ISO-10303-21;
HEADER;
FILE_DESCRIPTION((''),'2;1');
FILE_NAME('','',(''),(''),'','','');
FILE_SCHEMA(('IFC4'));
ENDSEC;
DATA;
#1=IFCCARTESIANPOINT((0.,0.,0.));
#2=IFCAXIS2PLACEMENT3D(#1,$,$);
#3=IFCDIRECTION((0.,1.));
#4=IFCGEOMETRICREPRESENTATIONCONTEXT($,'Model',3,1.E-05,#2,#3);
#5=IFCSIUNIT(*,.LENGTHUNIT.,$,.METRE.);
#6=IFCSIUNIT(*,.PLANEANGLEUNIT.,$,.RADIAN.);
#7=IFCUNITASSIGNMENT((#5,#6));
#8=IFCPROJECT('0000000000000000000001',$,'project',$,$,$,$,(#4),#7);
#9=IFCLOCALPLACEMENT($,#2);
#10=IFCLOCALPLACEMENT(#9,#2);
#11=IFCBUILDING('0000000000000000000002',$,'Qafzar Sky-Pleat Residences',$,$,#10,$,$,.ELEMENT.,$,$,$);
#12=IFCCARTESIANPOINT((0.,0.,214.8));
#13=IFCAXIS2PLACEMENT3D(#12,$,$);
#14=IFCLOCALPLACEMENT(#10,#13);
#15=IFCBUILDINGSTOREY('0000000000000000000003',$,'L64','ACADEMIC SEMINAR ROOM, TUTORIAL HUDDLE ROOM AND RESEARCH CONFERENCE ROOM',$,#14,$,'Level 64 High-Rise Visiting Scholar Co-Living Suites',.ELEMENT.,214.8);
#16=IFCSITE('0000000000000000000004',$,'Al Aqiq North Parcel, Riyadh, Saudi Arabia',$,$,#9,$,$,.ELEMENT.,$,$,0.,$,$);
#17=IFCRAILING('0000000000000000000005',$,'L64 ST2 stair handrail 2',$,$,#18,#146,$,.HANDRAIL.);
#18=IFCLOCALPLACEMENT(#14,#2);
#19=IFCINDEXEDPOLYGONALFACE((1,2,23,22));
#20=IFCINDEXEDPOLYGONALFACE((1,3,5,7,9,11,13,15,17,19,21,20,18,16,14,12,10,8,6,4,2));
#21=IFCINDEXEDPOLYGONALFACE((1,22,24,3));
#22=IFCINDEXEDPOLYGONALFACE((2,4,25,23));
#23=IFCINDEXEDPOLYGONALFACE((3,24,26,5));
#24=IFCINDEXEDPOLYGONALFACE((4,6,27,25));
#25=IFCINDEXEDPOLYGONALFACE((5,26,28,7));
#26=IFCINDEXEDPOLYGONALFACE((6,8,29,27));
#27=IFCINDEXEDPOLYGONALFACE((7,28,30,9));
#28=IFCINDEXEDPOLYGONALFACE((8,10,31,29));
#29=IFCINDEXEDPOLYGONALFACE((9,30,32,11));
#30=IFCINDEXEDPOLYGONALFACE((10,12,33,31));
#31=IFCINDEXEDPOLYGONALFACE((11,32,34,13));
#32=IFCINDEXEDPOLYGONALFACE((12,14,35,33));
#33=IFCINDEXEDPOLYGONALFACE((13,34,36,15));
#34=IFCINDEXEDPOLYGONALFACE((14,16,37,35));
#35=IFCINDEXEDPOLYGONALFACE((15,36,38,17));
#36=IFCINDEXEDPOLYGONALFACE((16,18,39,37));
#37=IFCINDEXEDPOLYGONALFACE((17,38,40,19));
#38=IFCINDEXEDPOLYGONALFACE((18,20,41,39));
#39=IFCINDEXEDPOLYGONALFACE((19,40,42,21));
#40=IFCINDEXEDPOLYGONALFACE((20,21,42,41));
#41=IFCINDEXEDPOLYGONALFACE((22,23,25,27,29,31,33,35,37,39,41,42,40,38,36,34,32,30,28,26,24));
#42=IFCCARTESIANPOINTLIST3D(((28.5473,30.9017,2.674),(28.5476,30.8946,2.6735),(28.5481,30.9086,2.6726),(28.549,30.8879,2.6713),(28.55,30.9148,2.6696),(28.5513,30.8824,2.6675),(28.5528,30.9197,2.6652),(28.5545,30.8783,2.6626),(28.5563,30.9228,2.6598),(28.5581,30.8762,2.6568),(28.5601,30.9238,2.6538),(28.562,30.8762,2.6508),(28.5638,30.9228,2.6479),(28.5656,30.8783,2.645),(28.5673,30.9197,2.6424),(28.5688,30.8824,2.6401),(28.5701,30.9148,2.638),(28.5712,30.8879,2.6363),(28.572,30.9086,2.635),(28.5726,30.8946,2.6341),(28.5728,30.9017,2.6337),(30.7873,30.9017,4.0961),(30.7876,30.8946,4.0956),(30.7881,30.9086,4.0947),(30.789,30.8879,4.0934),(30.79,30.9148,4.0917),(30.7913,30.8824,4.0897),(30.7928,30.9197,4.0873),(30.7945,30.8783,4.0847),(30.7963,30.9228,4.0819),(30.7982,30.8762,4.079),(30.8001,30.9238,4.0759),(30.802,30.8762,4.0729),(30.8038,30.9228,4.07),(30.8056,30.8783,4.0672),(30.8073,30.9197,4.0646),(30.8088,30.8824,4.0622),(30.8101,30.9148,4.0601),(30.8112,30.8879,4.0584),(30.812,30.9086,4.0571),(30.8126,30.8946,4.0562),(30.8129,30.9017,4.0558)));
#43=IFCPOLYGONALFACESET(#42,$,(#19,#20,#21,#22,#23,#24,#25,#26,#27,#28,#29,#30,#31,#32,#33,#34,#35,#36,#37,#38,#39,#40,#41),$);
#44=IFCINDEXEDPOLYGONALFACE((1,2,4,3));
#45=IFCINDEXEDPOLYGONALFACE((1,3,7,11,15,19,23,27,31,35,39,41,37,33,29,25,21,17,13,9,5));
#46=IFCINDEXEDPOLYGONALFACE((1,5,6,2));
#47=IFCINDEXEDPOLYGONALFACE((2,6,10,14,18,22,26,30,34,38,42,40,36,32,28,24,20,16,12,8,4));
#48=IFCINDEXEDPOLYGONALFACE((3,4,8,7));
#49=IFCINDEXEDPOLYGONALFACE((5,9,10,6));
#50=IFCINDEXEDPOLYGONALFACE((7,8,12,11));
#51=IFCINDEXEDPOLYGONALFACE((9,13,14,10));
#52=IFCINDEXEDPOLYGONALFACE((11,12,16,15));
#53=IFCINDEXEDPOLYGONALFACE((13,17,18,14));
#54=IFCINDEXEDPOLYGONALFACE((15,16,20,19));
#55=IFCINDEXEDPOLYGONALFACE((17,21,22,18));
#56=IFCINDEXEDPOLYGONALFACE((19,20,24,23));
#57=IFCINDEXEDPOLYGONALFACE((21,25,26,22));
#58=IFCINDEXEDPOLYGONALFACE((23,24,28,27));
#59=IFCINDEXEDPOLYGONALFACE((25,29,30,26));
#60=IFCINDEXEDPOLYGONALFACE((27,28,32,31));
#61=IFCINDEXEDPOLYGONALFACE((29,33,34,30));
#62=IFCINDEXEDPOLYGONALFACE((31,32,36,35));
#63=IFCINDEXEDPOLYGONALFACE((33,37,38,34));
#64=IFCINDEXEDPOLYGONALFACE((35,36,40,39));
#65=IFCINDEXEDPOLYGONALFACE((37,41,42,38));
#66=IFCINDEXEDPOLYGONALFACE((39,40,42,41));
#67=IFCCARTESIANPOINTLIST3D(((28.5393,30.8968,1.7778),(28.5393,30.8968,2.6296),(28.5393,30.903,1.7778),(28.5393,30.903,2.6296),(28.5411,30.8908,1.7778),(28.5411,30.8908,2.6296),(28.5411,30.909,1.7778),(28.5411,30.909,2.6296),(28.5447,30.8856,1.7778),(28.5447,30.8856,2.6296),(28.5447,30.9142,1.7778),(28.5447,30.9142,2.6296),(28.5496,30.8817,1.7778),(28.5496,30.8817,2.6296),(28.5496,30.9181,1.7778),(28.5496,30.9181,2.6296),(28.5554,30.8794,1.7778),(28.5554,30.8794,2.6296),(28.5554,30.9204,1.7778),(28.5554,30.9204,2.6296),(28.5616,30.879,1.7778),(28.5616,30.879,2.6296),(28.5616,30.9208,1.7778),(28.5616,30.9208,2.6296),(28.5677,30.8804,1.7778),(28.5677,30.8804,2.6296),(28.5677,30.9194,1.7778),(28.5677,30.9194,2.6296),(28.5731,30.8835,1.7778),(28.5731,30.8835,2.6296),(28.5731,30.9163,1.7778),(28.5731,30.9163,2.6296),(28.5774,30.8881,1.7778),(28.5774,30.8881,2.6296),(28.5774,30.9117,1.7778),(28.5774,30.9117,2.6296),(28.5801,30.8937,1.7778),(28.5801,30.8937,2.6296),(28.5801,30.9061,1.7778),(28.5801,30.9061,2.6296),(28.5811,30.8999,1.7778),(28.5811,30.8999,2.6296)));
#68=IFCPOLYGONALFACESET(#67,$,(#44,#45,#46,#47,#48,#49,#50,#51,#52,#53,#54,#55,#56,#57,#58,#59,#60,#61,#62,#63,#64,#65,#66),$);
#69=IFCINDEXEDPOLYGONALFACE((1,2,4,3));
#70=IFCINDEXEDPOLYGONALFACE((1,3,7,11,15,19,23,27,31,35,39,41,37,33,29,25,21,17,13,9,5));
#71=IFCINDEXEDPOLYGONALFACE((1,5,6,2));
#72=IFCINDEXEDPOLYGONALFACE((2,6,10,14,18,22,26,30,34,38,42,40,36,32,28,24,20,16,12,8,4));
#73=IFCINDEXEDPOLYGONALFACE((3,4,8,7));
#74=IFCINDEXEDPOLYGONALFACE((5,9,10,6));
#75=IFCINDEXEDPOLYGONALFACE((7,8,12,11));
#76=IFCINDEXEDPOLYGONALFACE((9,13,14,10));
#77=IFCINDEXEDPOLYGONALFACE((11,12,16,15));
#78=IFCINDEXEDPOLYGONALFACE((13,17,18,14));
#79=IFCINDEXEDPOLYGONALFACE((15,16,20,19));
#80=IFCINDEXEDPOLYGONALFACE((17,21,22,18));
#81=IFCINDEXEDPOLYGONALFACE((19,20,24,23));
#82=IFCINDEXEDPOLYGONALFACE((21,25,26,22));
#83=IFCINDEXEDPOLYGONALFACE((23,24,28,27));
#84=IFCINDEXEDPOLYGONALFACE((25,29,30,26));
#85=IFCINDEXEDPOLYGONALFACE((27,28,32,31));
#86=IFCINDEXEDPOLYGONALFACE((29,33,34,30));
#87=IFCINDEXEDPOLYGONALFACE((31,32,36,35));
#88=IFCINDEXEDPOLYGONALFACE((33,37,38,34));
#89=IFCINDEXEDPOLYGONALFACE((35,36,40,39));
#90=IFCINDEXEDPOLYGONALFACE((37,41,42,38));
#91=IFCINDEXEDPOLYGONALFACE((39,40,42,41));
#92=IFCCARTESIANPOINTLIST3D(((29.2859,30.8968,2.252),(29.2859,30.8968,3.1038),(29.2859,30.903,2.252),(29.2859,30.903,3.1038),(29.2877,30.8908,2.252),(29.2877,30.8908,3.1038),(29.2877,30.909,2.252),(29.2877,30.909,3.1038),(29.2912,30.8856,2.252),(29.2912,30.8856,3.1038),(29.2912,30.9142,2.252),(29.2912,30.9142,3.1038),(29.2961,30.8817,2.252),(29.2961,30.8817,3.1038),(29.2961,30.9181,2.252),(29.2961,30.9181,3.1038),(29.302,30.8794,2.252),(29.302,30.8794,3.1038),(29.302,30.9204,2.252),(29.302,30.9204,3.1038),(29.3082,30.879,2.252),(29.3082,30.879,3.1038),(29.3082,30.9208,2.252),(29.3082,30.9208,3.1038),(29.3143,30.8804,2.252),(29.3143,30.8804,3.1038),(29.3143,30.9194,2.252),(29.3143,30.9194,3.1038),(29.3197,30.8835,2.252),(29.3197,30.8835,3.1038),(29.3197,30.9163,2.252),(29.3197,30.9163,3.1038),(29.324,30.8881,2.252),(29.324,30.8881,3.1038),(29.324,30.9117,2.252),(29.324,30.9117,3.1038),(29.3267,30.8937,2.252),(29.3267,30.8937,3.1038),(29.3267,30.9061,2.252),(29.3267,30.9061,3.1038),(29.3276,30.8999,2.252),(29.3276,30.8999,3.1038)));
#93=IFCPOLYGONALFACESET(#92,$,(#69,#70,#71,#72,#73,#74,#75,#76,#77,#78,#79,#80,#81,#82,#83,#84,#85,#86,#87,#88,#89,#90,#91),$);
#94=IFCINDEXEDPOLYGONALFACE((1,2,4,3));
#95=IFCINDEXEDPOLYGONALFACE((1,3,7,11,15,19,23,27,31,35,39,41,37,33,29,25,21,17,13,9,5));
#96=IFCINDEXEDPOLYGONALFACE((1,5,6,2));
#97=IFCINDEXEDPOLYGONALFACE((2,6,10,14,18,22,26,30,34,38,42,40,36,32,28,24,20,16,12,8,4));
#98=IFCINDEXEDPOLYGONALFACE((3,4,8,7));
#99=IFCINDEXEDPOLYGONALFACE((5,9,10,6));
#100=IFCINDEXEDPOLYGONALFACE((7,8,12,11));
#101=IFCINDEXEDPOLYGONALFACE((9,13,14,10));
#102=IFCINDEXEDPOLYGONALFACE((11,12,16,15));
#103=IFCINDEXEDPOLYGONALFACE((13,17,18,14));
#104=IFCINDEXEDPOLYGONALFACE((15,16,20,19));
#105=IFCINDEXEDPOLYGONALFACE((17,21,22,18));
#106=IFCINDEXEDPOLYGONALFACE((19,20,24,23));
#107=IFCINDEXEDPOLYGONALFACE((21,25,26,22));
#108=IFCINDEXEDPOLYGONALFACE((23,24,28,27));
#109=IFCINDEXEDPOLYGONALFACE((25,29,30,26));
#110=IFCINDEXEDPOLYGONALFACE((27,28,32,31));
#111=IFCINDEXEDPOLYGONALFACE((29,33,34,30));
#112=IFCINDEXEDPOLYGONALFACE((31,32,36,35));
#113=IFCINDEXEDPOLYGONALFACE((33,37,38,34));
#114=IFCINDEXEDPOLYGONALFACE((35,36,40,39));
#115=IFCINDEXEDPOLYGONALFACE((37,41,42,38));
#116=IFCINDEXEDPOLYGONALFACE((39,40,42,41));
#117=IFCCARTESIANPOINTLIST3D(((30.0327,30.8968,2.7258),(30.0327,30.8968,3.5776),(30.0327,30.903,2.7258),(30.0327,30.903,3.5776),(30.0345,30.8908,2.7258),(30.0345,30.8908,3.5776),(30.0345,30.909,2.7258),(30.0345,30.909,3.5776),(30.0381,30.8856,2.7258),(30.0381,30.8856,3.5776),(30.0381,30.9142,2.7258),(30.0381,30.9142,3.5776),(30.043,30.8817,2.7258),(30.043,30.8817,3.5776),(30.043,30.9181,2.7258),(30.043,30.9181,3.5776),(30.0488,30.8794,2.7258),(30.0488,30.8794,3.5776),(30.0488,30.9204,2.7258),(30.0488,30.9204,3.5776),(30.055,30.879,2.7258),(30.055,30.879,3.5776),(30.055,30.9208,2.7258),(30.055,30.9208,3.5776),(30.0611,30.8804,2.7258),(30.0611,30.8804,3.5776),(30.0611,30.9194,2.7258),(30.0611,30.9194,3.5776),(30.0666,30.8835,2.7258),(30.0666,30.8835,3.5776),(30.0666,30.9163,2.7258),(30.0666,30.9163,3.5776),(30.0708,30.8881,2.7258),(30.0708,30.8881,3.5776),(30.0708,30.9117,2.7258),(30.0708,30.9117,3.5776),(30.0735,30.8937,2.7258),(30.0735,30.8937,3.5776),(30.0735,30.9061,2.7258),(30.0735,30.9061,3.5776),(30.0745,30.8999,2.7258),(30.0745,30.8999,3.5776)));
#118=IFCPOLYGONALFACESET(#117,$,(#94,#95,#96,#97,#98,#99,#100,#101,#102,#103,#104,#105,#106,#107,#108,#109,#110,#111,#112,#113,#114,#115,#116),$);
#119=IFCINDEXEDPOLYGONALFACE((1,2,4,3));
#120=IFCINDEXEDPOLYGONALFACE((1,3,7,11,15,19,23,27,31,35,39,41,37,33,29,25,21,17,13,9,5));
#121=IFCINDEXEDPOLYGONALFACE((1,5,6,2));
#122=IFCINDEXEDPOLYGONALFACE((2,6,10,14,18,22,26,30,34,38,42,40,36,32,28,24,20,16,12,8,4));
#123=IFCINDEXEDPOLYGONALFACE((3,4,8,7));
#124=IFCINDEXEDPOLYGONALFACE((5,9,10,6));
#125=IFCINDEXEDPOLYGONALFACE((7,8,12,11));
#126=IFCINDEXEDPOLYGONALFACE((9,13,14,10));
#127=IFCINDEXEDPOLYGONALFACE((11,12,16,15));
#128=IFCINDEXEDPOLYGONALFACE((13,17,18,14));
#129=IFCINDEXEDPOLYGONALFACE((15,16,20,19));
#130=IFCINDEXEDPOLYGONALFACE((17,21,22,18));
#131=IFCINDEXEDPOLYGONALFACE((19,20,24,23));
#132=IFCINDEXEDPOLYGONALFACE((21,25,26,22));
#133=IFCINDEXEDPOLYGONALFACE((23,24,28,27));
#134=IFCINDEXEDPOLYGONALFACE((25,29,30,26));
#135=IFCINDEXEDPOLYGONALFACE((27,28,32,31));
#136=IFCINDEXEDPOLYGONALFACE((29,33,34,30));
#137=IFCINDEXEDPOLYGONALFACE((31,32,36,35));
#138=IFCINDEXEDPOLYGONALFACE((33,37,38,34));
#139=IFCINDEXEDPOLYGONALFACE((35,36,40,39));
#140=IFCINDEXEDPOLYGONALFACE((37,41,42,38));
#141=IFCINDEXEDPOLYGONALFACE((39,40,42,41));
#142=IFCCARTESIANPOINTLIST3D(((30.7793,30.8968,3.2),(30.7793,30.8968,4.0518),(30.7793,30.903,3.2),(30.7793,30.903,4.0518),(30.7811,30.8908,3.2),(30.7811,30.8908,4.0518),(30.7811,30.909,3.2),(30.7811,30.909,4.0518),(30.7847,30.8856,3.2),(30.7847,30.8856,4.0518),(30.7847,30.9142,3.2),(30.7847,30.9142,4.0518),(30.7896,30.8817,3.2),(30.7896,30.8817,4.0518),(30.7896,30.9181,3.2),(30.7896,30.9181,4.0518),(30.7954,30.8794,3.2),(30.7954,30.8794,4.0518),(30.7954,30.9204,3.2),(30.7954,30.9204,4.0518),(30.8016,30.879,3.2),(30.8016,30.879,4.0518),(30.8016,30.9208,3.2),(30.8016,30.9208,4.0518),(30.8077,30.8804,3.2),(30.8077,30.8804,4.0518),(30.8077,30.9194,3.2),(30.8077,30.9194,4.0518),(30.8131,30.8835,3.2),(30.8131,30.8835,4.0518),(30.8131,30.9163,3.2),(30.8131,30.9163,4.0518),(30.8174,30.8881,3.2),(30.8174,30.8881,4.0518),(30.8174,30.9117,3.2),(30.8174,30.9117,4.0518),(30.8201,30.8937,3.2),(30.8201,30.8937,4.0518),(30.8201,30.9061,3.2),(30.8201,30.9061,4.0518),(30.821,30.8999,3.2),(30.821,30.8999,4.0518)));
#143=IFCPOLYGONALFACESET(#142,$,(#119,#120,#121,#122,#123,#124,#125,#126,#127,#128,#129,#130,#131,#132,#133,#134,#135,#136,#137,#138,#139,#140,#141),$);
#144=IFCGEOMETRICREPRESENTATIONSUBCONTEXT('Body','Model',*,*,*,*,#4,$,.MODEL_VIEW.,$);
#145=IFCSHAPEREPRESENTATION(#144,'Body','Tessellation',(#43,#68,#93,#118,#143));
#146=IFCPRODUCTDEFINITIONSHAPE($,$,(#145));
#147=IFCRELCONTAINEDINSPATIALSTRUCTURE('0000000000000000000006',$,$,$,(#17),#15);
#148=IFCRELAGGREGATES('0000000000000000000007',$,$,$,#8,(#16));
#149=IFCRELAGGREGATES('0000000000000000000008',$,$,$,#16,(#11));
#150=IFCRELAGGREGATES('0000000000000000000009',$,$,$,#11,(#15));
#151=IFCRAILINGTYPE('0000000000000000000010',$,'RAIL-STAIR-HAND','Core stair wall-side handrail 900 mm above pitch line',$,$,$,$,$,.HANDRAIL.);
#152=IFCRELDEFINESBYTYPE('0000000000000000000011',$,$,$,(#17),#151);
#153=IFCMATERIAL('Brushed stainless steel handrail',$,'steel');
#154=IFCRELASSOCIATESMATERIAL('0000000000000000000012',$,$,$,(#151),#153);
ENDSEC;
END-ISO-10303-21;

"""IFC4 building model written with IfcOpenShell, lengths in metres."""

from ifc_helpers import new_model, si_unit, direction, frame, origin, origin_2d, place, context, subcontext, project, spatial, circle, extrude, source, transform, mapped, material, type_object, element, save


model = new_model("IFC4")

# Units and contexts
model_context = context("Model", 3, precision=1e-05, world=origin(), true_north=direction((0.0, 1.0)))
body_context = subcontext(model_context, "Body", "Model", "MODEL_VIEW")
ifc_project = project(units=[si_unit("LENGTHUNIT", "METRE"), si_unit("PLANEANGLEUNIT", "RADIAN")], contexts=[model_context])

# Site, building, storey
site_placement = place(None, origin())
site = spatial("IfcSite", under=ifc_project, at=site_placement, Name="Al Aqiq North Parcel, Riyadh, Saudi Arabia", CompositionType="ELEMENT", RefElevation=0.0)
building_placement = place(site_placement, origin())
building = spatial("IfcBuilding", under=site, at=building_placement, Name="Qafzar Sky-Pleat Residences", CompositionType="ELEMENT")
storey_placement = place(building_placement, frame((0.0, 0.0, 214.8)))
storey = spatial("IfcBuildingStorey", under=building, at=storey_placement, Name="L64", Description="ACADEMIC SEMINAR ROOM, TUTORIAL HUDDLE ROOM AND RESEARCH CONFERENCE ROOM", LongName="Level 64 High-Rise Visiting Scholar Co-Living Suites", CompositionType="ELEMENT", Elevation=214.8)

# Railing
ifc_material_1 = material(Name="Brushed stainless steel handrail", Category="steel")
railing_type_1 = type_object("IfcRailingType", Name="RAIL-STAIR-HAND", Description="Core stair wall-side handrail 900 mm above pitch line", PredefinedType="HANDRAIL", material=ifc_material_1)
shared_shape_1 = source(origin(), body_context, "Body", "SweptSolid", [
    extrude(circle(Radius=0.0239, at=origin_2d()), frame((0.0, 0.0, 0.876), z_axis=(0.844229, 0.0, 0.535982), x_axis=(0.0, 1.0, 0.0)), (0.0, 0.0, 1.0), 2.6533),
    extrude(circle(Radius=0.021, at=origin_2d()), origin(), (0.0, 0.0, 1.0), 0.8518),
    extrude(circle(Radius=0.021, at=origin_2d()), frame((0.7466, 0.0, 0.4741)), (0.0, 0.0, 1.0), 0.8518),
    extrude(circle(Radius=0.021, at=origin_2d()), frame((1.4934, 0.0, 0.948)), (0.0, 0.0, 1.0), 0.8518),
    extrude(circle(Radius=0.021, at=origin_2d()), frame((2.24, 0.0, 1.4221)), (0.0, 0.0, 1.0), 0.8518),
])
railing_1_placement = place(storey_placement, frame((28.5601, 30.8999, 1.7778)))
element("IfcRailing", 1, at=railing_1_placement, inside=storey, type_object=railing_type_1, Name="L64 ST2 stair handrail 2", PredefinedType="HANDRAIL", context=body_context, shape_type="MappedRepresentation", body=[
    mapped(shared_shape_1, transform((0.0, 0.0, 0.0), x_axis=(1.0, 0.0, 0.0), y_axis=(0.0, 1.0, 0.0), z_axis=(0.0, 0.0, 1.0), scale=1.0)),
])

save(model, "model.ifc")
